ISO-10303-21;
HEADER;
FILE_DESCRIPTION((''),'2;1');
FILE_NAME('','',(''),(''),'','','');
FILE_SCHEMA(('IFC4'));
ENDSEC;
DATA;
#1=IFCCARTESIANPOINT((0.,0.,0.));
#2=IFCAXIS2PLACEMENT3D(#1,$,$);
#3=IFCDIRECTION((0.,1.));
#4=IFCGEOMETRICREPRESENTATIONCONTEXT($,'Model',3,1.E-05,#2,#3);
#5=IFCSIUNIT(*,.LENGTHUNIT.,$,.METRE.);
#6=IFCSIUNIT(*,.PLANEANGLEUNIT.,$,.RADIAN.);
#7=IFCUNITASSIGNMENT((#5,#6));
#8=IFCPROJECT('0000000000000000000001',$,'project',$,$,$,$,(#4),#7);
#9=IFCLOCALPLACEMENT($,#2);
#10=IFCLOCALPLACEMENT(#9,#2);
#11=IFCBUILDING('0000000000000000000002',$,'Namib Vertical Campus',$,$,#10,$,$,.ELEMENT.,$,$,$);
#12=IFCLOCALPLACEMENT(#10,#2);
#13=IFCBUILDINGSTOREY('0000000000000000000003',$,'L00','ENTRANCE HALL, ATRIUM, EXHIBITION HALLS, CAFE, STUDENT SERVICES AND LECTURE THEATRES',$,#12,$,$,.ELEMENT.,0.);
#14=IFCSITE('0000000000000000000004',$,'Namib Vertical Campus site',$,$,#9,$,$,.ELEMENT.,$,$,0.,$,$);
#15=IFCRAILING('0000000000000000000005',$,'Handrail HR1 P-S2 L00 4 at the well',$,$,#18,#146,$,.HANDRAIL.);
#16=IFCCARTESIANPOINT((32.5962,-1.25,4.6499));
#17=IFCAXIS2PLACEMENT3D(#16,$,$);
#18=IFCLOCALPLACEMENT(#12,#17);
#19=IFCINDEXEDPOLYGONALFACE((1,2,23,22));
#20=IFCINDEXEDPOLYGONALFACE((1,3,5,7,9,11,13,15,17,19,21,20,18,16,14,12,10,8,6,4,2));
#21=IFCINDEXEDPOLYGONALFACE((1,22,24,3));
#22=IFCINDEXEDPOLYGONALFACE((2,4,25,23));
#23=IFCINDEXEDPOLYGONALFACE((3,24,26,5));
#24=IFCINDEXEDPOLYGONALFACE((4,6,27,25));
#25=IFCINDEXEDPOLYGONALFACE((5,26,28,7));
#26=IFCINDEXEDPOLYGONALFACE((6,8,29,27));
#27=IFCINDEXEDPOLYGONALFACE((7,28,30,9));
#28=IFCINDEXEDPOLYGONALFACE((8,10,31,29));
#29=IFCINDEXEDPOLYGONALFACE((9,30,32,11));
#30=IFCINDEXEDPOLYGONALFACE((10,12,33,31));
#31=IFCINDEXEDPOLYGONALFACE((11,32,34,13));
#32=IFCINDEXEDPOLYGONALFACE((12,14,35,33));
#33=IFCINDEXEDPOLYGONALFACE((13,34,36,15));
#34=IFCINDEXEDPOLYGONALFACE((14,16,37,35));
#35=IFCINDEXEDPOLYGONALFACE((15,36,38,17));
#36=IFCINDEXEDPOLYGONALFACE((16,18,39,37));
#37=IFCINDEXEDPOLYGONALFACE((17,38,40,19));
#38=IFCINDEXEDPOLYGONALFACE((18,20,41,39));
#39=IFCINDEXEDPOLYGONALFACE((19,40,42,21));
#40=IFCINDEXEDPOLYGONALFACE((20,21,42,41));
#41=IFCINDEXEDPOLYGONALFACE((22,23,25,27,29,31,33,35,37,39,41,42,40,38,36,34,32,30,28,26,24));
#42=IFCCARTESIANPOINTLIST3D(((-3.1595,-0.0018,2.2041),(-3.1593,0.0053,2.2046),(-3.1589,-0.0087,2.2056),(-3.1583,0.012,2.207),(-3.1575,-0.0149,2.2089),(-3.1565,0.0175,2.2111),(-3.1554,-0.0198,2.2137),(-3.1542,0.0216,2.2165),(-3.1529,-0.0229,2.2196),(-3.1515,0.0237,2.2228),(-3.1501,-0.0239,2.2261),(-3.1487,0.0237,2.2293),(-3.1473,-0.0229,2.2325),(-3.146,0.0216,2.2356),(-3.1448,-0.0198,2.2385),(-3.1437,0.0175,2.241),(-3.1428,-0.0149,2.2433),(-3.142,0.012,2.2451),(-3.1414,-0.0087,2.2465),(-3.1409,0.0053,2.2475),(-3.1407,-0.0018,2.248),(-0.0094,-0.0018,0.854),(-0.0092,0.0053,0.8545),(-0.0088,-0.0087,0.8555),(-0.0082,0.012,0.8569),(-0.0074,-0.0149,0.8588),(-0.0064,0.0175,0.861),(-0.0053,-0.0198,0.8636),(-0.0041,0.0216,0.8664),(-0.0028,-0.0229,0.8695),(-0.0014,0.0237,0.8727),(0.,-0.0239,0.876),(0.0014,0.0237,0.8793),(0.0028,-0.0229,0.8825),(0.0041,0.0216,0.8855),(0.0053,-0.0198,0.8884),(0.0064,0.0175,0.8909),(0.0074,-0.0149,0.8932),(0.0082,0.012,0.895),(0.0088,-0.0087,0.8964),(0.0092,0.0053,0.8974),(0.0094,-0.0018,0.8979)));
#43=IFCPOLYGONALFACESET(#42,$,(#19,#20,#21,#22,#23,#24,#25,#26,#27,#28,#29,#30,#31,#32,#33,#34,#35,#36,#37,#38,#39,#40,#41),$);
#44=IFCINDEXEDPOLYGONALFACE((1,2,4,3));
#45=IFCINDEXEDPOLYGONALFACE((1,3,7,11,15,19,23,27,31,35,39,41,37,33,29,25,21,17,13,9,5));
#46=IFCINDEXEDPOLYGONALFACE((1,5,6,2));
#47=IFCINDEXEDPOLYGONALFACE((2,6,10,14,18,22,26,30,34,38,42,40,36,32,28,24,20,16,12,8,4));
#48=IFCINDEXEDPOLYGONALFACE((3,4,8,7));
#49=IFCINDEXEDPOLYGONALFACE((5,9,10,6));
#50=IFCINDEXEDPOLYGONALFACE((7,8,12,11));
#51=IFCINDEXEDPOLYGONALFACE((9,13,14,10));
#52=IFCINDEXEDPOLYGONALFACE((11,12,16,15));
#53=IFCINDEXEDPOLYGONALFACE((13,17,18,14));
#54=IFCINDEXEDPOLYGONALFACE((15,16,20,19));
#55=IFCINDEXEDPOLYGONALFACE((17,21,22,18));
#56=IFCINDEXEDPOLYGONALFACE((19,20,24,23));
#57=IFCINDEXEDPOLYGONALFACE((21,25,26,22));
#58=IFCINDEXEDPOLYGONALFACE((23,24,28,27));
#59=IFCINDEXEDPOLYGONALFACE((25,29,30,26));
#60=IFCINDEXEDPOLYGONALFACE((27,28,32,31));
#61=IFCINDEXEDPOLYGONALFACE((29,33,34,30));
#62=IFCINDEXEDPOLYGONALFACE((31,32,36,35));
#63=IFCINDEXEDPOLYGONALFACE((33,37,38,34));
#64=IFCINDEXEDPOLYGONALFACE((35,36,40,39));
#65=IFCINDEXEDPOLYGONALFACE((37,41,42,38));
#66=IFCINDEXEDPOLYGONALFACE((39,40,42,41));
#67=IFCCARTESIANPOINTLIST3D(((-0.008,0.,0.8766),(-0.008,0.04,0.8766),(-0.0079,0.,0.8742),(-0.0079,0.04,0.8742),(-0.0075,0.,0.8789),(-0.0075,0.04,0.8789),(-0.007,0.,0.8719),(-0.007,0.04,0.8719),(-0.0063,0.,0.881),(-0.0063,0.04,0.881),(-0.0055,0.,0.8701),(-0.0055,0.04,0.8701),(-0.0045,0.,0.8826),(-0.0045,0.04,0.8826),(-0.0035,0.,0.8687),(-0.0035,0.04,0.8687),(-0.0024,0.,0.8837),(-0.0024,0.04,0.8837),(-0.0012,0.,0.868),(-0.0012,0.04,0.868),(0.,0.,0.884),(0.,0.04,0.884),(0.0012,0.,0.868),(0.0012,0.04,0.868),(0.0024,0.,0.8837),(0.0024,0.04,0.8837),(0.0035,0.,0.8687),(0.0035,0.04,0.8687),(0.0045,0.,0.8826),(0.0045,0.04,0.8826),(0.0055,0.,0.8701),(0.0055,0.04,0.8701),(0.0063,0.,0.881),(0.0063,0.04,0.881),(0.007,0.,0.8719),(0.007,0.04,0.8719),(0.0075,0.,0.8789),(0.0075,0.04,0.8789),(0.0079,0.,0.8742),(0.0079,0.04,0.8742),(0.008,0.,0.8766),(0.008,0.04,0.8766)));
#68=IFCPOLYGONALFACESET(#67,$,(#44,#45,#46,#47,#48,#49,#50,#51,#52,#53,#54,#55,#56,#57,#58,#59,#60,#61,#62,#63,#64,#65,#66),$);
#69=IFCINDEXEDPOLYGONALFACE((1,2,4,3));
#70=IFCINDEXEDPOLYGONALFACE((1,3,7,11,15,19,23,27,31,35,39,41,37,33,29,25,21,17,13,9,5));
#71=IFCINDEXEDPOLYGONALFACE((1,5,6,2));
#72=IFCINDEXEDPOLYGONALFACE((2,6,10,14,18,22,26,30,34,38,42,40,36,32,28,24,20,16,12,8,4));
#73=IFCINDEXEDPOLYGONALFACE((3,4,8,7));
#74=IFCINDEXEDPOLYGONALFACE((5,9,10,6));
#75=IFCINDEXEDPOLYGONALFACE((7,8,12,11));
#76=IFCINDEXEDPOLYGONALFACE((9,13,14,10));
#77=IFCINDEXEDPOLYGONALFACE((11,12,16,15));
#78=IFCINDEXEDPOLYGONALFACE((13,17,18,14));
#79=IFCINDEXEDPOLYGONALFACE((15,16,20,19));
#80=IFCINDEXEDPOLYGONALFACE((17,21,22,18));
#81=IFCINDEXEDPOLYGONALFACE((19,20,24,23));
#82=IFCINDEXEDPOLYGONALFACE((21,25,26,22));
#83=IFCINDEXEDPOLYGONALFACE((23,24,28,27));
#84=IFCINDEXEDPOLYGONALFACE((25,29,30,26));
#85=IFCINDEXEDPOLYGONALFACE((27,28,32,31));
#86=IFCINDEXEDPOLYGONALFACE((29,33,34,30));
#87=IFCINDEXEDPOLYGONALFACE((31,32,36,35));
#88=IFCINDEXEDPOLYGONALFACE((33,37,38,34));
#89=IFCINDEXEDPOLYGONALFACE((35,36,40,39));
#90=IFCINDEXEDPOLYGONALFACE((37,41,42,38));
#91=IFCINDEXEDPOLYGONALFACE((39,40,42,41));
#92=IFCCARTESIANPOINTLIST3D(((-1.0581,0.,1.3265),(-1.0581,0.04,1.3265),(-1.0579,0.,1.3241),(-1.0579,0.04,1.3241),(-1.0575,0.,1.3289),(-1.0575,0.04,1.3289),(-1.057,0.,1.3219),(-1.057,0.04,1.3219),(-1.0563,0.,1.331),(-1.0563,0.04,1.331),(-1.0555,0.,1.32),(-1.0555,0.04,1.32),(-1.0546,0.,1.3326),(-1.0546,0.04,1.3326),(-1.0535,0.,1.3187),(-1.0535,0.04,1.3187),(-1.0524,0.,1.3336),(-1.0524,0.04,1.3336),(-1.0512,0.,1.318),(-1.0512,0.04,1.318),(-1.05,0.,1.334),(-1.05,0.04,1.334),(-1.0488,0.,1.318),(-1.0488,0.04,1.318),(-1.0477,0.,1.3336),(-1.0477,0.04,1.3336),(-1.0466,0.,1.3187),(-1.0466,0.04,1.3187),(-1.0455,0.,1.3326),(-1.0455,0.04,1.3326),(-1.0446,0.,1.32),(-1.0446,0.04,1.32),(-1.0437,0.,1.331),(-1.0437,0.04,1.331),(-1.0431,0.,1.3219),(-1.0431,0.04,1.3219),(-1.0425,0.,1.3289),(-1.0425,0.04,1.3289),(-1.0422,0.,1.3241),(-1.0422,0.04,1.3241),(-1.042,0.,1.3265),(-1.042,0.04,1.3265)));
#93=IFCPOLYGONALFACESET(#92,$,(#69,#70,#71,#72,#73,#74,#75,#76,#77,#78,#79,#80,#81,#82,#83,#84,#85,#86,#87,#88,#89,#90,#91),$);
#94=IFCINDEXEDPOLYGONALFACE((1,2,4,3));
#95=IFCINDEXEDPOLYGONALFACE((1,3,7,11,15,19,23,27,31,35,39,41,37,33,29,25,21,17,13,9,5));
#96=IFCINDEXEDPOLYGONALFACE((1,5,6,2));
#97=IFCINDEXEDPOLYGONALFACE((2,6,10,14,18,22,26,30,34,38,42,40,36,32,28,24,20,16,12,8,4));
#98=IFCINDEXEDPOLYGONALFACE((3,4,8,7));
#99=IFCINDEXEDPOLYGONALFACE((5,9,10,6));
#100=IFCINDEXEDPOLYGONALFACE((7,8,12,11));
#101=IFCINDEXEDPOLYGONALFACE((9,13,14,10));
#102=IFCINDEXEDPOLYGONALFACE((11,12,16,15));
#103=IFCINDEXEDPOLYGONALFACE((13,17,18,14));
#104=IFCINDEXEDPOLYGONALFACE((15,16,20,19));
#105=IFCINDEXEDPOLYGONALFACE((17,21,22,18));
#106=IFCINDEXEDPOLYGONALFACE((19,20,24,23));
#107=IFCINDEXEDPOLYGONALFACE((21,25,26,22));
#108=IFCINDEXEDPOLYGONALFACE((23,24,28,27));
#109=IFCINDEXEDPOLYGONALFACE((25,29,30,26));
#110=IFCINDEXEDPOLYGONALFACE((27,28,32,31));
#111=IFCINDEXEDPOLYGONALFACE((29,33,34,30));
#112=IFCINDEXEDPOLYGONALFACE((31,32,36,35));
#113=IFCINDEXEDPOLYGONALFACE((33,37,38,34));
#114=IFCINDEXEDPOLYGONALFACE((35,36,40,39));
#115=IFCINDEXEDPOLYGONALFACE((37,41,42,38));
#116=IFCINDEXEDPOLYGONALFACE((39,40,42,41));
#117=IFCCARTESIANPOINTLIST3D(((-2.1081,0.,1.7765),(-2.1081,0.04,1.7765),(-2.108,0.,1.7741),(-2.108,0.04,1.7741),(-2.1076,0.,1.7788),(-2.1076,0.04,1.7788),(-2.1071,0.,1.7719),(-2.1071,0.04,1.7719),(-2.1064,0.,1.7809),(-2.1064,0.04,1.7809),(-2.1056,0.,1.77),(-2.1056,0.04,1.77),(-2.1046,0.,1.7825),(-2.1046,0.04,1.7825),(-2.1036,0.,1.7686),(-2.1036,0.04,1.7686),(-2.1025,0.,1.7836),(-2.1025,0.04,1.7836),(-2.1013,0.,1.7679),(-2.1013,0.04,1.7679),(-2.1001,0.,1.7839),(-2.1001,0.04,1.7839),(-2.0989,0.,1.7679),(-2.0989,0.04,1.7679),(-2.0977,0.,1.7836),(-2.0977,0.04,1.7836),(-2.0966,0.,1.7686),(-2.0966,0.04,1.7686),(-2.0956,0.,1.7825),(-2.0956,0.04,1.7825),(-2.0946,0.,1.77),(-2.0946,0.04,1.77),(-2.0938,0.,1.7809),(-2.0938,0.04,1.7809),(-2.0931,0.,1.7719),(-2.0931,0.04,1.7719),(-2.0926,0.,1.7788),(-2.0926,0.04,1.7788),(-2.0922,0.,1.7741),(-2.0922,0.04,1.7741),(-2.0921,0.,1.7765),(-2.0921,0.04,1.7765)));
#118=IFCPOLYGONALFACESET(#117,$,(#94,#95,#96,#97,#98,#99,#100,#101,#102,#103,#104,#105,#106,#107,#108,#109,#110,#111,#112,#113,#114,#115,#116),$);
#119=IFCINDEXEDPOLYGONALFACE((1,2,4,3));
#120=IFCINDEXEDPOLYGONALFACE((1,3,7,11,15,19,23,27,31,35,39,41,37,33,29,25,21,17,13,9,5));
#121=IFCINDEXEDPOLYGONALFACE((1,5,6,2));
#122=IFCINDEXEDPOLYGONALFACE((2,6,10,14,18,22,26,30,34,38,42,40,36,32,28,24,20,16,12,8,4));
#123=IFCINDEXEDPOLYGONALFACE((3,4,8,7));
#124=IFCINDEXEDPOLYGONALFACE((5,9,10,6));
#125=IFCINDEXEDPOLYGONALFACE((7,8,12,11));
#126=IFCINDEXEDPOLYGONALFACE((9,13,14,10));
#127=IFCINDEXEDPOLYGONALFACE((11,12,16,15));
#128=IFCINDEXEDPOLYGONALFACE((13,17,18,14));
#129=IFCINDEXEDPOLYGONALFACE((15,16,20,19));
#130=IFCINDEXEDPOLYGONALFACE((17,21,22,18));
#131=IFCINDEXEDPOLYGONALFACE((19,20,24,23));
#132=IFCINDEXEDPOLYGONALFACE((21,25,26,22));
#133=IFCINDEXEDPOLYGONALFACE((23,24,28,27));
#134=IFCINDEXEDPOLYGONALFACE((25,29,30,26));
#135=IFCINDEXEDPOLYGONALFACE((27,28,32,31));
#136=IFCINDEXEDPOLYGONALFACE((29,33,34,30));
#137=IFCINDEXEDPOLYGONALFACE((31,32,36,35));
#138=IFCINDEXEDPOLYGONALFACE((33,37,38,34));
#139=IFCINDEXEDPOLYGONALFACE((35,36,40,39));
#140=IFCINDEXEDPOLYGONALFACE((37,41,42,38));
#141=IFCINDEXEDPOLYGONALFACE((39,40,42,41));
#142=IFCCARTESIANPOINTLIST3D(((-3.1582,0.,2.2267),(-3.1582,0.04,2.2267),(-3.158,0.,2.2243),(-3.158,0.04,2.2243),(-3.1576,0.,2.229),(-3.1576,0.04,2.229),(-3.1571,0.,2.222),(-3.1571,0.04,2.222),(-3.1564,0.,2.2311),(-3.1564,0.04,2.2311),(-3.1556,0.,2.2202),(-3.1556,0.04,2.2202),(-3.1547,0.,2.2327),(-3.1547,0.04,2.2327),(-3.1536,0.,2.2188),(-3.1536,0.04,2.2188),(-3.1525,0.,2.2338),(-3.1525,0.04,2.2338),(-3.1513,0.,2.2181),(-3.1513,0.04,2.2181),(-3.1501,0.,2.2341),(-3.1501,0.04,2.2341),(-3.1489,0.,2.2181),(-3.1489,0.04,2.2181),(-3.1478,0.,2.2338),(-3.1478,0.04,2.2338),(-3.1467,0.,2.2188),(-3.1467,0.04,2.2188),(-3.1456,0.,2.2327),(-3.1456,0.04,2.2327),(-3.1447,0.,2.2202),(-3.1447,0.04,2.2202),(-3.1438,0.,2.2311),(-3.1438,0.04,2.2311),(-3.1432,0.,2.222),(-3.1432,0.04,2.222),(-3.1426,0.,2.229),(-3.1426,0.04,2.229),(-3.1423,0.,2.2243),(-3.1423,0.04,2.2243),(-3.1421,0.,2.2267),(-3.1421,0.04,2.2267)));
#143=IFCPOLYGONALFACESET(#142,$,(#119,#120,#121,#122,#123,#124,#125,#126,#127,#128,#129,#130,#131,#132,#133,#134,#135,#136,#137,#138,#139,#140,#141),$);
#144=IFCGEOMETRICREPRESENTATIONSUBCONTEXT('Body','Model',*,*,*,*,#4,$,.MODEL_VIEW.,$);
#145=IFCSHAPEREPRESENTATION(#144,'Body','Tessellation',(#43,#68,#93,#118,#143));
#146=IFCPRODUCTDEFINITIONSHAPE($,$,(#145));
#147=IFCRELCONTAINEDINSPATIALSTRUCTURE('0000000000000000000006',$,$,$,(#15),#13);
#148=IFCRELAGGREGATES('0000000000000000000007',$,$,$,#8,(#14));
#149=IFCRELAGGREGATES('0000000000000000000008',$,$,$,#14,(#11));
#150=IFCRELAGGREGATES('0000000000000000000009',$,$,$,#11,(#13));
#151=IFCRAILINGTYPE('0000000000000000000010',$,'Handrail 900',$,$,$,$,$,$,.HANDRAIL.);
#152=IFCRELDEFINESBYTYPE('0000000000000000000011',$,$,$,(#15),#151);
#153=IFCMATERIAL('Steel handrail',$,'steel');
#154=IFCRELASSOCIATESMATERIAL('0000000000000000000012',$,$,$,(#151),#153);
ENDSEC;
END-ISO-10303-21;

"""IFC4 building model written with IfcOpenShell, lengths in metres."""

from ifc_helpers import new_model, si_unit, direction, frame, origin, origin_2d, place, context, subcontext, project, spatial, circle, extrude, material, type_object, element, save


model = new_model("IFC4")

# Units and contexts
model_context = context("Model", 3, precision=1e-05, world=origin(), true_north=direction((0.0, 1.0)))
body_context = subcontext(model_context, "Body", "Model", "MODEL_VIEW")
ifc_project = project(units=[si_unit("LENGTHUNIT", "METRE"), si_unit("PLANEANGLEUNIT", "RADIAN")], contexts=[model_context])

# Site, building, storey
site_placement = place(None, origin())
site = spatial("IfcSite", under=ifc_project, at=site_placement, Name="Namib Vertical Campus site", CompositionType="ELEMENT", RefElevation=0.0)
building_placement = place(site_placement, origin())
building = spatial("IfcBuilding", under=site, at=building_placement, Name="Namib Vertical Campus", CompositionType="ELEMENT")
storey_placement = place(building_placement, origin())
storey = spatial("IfcBuildingStorey", under=building, at=storey_placement, Name="L00", Description="ENTRANCE HALL, ATRIUM, EXHIBITION HALLS, CAFE, STUDENT SERVICES AND LECTURE THEATRES", CompositionType="ELEMENT", Elevation=0.0)

# Railing
ifc_material_1 = material(Name="Steel handrail", Category="steel")
railing_type_1 = type_object("IfcRailingType", Name="Handrail 900", PredefinedType="HANDRAIL", material=ifc_material_1)
railing_1_placement = place(storey_placement, frame((32.5962, -1.25, 4.6499)))
element("IfcRailing", 1, at=railing_1_placement, inside=storey, type_object=railing_type_1, Name="Handrail HR1 P-S2 L00 4 at the well", PredefinedType="HANDRAIL", context=body_context, shape_type="SweptSolid", body=[
    extrude(circle(Radius=0.0239, at=origin_2d()), frame((0.0, 0.0, 0.876), z_axis=(-0.919141, 0.0, 0.393928), x_axis=(0.0, -1.0, 0.0)), (0.0, 0.0, 1.0), 3.4272),
    extrude(circle(Radius=0.0081, at=origin_2d()), frame((0.0, 0.0, 0.876), z_axis=(0.0, 1.0, 0.0), x_axis=(0.0, 0.0, 1.0)), (0.0, 0.0, 1.0), 0.04),
    extrude(circle(Radius=0.0081, at=origin_2d()), frame((-1.05, 0.0, 1.3259), z_axis=(0.0, 1.0, 0.0), x_axis=(0.0, 0.0, 1.0)), (0.0, 0.0, 1.0), 0.04),
    extrude(circle(Radius=0.0081, at=origin_2d()), frame((-2.1001, 0.0, 1.7759), z_axis=(0.0, 1.0, 0.0), x_axis=(0.0, 0.0, 1.0)), (0.0, 0.0, 1.0), 0.04),
    extrude(circle(Radius=0.0081, at=origin_2d()), frame((-3.1501, 0.0, 2.2261), z_axis=(0.0, 1.0, 0.0), x_axis=(0.0, 0.0, 1.0)), (0.0, 0.0, 1.0), 0.04),
])

save(model, "model.ifc")
